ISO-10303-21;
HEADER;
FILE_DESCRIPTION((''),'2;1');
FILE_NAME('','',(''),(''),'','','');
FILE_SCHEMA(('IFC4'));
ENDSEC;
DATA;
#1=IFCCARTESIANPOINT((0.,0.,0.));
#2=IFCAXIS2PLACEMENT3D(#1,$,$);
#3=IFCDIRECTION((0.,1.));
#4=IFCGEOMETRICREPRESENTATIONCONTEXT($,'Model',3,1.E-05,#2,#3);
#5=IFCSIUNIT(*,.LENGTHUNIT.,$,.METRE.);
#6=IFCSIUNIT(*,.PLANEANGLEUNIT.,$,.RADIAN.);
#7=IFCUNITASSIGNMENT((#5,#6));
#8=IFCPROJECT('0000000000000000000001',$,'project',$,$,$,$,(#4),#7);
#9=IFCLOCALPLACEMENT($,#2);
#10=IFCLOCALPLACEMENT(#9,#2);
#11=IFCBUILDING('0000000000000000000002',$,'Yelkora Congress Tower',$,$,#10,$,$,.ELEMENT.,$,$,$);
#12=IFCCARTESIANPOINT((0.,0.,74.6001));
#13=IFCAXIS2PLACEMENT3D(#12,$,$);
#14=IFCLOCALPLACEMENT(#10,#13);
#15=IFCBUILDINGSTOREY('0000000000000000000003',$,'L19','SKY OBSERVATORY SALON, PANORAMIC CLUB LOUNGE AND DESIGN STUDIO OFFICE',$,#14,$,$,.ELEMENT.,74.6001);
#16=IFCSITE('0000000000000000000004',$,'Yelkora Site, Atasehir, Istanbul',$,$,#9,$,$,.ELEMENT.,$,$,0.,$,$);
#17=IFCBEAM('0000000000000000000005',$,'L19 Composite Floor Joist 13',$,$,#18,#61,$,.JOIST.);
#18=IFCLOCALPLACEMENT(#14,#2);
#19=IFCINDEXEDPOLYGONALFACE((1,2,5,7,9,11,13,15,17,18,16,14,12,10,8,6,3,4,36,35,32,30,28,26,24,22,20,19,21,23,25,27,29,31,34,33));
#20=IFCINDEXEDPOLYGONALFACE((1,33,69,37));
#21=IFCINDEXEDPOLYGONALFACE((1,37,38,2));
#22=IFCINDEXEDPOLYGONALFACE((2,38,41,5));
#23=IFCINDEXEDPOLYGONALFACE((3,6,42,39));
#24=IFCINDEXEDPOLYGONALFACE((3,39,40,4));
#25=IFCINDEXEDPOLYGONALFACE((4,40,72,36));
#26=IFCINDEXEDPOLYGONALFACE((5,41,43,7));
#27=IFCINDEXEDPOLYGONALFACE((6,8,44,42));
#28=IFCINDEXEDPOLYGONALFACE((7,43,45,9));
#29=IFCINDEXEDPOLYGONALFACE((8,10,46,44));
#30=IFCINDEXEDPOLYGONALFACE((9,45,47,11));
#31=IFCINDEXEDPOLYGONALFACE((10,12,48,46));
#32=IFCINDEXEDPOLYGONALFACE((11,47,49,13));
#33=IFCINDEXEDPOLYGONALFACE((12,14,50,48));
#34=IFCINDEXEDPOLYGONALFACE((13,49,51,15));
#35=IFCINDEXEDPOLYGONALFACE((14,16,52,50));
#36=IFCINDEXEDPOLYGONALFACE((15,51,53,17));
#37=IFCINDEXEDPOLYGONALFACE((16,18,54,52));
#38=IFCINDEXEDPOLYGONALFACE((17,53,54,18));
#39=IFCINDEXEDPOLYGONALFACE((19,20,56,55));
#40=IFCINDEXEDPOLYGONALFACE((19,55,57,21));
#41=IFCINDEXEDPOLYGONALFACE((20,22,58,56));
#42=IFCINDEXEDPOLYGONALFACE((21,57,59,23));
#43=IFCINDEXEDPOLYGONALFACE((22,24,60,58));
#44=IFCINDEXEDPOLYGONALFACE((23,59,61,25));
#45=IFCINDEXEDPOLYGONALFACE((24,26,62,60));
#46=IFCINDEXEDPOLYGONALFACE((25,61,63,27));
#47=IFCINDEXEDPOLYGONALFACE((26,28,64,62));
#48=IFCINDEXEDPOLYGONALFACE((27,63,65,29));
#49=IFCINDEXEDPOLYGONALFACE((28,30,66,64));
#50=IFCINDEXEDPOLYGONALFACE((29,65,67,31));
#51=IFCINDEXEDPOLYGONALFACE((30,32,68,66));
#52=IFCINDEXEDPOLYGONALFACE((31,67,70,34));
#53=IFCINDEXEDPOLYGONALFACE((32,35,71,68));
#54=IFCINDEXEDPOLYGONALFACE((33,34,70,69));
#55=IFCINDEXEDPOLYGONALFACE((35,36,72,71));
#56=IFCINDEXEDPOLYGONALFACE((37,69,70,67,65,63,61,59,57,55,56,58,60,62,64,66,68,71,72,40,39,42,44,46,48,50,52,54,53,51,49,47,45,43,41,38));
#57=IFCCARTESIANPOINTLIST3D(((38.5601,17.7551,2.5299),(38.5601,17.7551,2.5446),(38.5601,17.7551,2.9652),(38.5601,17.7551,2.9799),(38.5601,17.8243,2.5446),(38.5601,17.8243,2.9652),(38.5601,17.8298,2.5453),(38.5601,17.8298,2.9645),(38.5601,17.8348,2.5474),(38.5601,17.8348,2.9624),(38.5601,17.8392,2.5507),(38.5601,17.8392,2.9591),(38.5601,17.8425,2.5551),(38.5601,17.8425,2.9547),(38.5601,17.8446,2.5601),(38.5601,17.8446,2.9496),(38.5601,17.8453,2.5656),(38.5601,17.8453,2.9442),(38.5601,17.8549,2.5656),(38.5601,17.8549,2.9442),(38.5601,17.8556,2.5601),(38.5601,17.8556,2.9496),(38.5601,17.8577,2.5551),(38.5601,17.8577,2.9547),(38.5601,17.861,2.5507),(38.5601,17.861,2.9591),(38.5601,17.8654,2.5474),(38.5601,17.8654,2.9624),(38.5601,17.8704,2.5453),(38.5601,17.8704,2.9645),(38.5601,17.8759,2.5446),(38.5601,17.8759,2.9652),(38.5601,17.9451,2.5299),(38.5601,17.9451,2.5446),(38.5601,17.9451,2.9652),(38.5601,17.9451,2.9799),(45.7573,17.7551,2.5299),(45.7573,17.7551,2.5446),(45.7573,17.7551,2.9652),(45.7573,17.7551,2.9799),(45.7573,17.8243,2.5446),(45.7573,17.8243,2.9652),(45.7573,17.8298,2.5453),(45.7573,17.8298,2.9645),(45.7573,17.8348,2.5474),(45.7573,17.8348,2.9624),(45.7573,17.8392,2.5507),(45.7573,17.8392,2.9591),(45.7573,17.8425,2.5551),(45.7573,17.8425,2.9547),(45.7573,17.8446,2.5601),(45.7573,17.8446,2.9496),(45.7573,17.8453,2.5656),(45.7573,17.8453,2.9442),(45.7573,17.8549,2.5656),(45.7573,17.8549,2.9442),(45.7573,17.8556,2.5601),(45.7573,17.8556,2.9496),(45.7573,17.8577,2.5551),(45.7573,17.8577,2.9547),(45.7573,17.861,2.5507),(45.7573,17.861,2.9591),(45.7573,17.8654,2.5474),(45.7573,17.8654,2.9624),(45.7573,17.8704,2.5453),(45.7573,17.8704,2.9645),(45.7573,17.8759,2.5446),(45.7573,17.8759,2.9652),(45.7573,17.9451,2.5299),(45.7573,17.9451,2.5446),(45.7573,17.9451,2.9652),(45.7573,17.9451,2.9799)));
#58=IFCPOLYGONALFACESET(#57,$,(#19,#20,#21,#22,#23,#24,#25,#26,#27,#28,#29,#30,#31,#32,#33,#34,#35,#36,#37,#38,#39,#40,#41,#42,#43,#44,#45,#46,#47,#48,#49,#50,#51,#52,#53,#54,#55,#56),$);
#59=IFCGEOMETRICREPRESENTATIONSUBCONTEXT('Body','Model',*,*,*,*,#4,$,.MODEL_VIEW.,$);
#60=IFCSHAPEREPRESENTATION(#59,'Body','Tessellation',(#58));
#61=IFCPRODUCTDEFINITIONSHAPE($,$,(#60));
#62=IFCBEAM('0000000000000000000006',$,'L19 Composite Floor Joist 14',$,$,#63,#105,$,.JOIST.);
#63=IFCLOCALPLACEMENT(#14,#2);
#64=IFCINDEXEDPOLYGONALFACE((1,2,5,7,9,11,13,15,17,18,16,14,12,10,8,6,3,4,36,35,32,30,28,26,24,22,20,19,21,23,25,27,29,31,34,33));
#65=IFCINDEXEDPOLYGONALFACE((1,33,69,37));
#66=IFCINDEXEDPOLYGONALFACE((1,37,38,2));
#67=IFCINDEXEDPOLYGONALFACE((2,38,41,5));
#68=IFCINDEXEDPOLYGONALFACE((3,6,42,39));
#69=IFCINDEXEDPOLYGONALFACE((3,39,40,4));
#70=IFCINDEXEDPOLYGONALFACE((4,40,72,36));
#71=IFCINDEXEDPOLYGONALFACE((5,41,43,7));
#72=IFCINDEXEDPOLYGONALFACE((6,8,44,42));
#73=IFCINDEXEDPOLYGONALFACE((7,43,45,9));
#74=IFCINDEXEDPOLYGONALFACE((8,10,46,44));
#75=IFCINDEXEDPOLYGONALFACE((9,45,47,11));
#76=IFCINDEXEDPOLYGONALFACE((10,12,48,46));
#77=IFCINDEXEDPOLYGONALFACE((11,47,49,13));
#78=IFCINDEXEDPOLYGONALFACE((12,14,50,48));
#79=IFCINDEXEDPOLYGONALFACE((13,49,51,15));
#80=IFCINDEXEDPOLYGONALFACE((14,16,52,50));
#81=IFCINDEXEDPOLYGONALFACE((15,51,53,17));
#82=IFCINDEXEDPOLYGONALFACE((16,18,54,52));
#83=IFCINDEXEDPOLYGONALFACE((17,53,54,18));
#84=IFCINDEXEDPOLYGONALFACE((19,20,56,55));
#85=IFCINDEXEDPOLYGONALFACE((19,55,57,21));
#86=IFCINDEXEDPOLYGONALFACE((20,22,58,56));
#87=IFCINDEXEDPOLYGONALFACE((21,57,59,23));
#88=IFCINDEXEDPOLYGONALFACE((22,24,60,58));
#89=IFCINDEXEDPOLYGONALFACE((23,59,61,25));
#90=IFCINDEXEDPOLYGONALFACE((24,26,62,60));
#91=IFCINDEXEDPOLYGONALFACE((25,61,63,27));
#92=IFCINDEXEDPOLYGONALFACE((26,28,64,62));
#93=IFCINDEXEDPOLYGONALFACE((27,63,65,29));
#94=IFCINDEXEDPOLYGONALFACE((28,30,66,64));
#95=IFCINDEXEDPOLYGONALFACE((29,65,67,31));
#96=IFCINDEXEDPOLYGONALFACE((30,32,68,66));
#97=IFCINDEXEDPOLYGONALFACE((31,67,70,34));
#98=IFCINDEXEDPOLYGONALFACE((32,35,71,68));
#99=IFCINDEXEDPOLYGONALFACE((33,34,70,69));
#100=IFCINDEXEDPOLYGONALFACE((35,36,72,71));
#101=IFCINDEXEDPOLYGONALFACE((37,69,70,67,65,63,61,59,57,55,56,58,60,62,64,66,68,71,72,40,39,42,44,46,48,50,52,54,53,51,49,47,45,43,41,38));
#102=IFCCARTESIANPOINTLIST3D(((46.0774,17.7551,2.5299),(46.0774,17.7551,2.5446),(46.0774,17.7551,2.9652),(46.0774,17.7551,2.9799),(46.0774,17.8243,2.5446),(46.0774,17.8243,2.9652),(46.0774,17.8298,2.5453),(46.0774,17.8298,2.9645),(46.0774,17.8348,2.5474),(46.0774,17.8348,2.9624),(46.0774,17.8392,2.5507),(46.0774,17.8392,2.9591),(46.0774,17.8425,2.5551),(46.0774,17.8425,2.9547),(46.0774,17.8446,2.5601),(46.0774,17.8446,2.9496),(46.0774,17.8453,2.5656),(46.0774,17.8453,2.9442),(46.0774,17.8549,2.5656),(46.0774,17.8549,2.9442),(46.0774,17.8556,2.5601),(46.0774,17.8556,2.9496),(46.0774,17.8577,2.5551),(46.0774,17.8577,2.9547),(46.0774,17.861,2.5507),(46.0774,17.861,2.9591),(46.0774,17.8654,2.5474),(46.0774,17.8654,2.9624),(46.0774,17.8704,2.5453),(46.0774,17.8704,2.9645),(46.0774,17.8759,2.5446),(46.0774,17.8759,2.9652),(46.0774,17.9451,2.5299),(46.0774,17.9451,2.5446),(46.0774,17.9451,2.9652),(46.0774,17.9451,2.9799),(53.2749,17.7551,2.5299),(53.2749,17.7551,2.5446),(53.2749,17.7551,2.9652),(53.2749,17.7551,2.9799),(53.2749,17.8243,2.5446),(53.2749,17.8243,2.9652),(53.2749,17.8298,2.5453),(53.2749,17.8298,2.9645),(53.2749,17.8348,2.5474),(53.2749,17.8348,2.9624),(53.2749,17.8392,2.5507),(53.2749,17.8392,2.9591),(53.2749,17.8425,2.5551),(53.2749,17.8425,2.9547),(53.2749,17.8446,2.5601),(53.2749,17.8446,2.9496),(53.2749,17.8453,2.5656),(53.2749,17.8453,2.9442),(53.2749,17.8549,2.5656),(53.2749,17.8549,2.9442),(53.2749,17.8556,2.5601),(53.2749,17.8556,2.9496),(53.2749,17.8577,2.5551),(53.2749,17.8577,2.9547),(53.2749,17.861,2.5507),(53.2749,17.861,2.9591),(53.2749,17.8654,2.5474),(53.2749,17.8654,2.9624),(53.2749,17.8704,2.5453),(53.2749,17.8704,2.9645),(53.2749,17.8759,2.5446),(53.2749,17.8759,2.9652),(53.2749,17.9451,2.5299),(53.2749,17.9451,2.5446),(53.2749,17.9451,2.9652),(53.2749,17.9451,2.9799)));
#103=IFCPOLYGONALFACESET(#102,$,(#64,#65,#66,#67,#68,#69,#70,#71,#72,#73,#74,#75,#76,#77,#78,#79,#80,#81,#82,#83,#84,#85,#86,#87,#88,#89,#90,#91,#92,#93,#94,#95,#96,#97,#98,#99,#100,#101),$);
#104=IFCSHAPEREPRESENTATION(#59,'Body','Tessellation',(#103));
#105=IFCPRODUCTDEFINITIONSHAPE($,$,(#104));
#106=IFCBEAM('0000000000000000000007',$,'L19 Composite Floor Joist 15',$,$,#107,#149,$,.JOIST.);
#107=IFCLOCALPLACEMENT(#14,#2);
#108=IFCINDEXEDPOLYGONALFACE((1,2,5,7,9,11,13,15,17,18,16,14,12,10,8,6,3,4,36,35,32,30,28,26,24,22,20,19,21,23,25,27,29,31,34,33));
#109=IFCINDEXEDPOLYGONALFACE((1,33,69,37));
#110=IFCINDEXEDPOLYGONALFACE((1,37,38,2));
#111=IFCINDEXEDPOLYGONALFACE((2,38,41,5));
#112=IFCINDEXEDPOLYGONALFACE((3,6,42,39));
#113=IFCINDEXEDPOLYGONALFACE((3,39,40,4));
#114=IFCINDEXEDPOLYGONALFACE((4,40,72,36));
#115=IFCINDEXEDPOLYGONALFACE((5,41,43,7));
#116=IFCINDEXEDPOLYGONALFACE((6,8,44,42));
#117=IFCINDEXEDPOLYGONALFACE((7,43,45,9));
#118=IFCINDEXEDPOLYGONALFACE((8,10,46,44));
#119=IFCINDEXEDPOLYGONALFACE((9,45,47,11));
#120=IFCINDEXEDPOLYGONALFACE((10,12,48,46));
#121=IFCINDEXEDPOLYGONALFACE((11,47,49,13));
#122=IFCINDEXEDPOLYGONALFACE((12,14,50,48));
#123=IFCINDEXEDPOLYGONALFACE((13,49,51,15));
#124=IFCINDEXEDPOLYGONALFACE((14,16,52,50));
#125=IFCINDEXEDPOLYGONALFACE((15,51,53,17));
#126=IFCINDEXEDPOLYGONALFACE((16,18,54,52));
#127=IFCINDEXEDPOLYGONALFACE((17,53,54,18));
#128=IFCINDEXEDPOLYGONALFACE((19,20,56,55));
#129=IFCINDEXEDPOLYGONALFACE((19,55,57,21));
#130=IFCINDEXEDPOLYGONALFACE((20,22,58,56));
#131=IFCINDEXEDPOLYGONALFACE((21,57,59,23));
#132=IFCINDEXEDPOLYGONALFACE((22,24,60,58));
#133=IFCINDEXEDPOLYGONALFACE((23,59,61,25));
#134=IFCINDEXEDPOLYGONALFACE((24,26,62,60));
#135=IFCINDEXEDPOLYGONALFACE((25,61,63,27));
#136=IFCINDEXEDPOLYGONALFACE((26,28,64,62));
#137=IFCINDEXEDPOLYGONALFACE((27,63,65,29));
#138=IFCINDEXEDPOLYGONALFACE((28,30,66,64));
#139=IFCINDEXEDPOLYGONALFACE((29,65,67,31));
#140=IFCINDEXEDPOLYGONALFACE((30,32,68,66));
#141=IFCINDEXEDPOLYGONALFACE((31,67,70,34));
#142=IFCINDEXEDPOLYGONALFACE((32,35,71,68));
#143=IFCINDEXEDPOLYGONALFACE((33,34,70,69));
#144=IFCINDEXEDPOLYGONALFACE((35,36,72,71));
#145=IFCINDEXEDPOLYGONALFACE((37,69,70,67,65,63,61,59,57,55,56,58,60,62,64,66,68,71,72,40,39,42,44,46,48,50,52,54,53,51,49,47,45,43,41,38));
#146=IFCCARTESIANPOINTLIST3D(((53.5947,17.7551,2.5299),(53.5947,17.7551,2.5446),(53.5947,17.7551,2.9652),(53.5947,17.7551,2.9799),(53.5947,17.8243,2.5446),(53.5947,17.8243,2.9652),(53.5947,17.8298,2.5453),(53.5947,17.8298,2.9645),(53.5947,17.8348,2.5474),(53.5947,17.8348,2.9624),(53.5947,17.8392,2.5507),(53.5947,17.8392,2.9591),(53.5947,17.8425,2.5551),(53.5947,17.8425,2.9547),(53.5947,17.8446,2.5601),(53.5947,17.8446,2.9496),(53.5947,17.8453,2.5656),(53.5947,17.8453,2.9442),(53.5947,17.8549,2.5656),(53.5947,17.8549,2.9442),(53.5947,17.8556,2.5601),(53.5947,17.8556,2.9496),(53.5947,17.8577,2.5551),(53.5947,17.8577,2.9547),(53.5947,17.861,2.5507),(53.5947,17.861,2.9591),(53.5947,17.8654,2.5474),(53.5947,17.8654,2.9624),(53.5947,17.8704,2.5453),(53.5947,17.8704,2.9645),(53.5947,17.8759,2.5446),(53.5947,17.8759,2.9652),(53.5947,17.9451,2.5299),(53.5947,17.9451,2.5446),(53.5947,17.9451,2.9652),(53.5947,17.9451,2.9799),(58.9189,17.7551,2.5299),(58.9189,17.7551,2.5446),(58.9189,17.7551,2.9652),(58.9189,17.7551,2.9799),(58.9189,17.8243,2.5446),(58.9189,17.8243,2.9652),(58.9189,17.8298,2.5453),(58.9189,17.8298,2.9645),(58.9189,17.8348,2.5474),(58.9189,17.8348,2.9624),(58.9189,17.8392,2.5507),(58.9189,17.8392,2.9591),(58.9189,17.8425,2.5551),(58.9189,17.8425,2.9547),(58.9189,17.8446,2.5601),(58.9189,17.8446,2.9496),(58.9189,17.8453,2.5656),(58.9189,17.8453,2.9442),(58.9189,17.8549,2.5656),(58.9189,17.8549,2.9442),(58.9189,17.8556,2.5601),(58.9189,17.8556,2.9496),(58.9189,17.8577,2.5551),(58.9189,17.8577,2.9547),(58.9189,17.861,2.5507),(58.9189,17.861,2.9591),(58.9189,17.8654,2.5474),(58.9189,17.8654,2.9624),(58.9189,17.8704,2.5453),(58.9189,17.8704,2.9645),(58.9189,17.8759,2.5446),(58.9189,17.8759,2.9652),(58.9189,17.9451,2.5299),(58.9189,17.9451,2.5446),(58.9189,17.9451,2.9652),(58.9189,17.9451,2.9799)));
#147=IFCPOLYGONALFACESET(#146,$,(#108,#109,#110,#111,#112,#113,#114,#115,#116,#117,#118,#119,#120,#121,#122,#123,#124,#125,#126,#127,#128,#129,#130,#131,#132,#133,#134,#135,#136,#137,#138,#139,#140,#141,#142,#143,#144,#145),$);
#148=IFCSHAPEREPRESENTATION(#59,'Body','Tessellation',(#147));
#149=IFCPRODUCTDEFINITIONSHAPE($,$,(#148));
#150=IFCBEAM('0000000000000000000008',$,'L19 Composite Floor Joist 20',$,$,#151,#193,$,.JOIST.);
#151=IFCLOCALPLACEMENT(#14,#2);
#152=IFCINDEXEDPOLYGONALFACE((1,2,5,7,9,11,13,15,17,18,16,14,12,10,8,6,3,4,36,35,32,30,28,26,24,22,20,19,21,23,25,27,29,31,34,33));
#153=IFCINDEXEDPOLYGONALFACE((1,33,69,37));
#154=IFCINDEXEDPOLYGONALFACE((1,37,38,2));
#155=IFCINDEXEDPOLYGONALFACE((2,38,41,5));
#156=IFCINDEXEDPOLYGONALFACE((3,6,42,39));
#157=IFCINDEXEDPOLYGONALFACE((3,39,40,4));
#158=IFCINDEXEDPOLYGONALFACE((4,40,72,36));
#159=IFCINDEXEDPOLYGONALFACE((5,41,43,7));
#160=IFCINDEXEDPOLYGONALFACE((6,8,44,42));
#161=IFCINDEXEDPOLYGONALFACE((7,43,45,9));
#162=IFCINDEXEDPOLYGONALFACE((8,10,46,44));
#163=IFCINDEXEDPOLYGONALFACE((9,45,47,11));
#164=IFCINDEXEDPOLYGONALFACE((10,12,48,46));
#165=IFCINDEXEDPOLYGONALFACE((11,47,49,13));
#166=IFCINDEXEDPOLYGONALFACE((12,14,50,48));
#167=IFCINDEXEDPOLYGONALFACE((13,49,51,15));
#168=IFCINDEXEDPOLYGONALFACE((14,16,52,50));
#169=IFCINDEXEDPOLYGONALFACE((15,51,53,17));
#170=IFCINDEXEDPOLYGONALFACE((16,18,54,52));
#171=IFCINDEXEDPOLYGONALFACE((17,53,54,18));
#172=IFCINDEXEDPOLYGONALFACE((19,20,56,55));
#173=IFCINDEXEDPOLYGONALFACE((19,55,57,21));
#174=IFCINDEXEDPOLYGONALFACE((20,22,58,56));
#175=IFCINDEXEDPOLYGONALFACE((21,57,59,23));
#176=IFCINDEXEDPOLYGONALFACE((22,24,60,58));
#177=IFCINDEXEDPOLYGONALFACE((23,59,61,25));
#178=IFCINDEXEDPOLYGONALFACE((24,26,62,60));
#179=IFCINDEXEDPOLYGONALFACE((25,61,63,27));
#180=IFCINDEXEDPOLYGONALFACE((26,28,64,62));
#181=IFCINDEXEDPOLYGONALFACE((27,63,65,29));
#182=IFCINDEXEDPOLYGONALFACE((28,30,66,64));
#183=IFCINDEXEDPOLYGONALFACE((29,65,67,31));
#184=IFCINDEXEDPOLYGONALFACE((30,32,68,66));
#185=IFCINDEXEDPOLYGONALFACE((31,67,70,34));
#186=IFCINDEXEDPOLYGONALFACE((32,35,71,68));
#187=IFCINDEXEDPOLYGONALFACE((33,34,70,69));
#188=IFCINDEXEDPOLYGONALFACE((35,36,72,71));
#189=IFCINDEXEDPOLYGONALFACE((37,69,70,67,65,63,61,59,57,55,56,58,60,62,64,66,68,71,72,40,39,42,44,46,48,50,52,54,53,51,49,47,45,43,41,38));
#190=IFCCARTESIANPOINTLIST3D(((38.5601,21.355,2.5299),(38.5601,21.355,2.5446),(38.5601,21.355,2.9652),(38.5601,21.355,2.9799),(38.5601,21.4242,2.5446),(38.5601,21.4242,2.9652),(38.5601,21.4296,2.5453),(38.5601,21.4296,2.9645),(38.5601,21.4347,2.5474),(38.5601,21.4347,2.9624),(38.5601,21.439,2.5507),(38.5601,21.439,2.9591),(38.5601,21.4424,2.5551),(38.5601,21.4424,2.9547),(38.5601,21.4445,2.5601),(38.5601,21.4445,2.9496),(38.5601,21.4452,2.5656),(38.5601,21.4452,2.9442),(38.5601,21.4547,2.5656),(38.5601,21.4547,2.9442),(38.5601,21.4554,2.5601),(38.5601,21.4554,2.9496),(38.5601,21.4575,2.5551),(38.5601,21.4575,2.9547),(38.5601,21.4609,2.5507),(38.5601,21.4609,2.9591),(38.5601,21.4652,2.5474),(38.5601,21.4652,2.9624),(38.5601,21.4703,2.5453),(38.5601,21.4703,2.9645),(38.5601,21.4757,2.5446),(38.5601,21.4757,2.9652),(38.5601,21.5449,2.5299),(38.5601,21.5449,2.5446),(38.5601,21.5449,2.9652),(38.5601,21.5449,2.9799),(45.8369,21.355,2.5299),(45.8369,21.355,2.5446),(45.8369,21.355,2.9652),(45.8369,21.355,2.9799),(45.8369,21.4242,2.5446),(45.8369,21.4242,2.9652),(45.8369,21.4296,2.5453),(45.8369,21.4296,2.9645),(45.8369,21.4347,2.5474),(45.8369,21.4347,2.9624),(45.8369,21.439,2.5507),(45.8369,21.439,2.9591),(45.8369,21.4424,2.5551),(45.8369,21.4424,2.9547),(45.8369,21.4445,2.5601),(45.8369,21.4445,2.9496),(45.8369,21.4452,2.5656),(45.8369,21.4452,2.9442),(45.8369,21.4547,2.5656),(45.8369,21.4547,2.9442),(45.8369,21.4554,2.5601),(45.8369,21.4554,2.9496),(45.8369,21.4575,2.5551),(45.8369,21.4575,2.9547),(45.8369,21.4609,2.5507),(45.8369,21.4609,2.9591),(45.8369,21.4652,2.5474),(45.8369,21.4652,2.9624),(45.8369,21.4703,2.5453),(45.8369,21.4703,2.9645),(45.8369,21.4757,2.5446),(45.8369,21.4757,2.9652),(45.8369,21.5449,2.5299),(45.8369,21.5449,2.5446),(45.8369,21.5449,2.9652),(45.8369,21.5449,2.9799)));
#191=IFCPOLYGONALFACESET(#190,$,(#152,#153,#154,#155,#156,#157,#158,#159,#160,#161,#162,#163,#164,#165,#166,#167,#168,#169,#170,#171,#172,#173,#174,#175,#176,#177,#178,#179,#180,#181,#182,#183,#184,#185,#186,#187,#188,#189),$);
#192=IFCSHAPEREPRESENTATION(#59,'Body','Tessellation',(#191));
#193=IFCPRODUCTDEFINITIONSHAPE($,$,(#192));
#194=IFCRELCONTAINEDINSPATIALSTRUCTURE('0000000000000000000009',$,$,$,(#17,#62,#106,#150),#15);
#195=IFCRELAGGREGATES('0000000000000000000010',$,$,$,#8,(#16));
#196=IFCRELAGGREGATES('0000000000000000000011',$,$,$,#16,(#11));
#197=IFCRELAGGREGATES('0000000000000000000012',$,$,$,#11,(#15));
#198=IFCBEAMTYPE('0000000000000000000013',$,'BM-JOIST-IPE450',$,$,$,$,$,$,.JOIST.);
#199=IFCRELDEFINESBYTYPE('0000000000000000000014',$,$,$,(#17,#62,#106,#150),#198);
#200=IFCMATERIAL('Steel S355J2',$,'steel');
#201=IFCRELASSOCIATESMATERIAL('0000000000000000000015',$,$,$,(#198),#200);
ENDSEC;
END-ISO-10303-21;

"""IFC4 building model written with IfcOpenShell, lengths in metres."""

from ifc_helpers import new_model, si_unit, direction, frame, origin, origin_2d, place, context, subcontext, project, spatial, i_section, extrude, material, material_profile, profile_set, type_object, element, save


model = new_model("IFC4")

# Units and contexts
model_context = context("Model", 3, precision=1e-05, world=origin(), true_north=direction((0.0, 1.0)))
body_context = subcontext(model_context, "Body", "Model", "MODEL_VIEW")
ifc_project = project(units=[si_unit("LENGTHUNIT", "METRE"), si_unit("PLANEANGLEUNIT", "RADIAN")], contexts=[model_context])

# Site, building, storey
site_placement = place(None, origin())
site = spatial("IfcSite", under=ifc_project, at=site_placement, Name="Yelkora Site, Atasehir, Istanbul", CompositionType="ELEMENT", RefElevation=0.0)
building_placement = place(site_placement, origin())
building = spatial("IfcBuilding", under=site, at=building_placement, Name="Yelkora Congress Tower", CompositionType="ELEMENT")
storey_placement = place(building_placement, frame((0.0, 0.0, 74.6001)))
storey = spatial("IfcBuildingStorey", under=building, at=storey_placement, Name="L19", Description="SKY OBSERVATORY SALON, PANORAMIC CLUB LOUNGE AND DESIGN STUDIO OFFICE", CompositionType="ELEMENT", Elevation=74.6001)

# Beams
ifc_material_1 = material(Name="Steel S355J2", Category="steel")
ifc_material_profile_1 = material_profile(ifc_material_1, i_section(OverallWidth=0.1899, OverallDepth=0.45, WebThickness=0.0095, FlangeThickness=0.0146, FilletRadius=0.021, at=origin_2d()), Name="IPE 450")
ifc_profile_set_1 = profile_set([ifc_material_profile_1], Name="Steel S355J2")
beam_type_1 = type_object("IfcBeamType", Name="BM-JOIST-IPE450", PredefinedType="JOIST", material=ifc_profile_set_1)
beam_1_placement = place(storey_placement, frame((38.5601, 17.8501, 2.7549), z_axis=(1.0, 0.0, 0.0), x_axis=(0.0, 1.0, 0.0)))
element("IfcBeam", 1, at=beam_1_placement, inside=storey, type_object=beam_type_1, Name="L19 Composite Floor Joist 13", PredefinedType="JOIST", context=body_context, shape_type="SweptSolid", body=[
    extrude(i_section(OverallWidth=0.1899, OverallDepth=0.45, WebThickness=0.0095, FlangeThickness=0.0146, FilletRadius=0.021, at=origin_2d()), origin(), (0.0, 0.0, 1.0), 7.1973),
])
beam_2_placement = place(storey_placement, frame((46.0774, 17.8501, 2.7549), z_axis=(1.0, 0.0, 0.0), x_axis=(0.0, 1.0, 0.0)))
element("IfcBeam", 2, at=beam_2_placement, inside=storey, type_object=beam_type_1, Name="L19 Composite Floor Joist 14", PredefinedType="JOIST", context=body_context, shape_type="SweptSolid", body=[
    extrude(i_section(OverallWidth=0.1899, OverallDepth=0.45, WebThickness=0.0095, FlangeThickness=0.0146, FilletRadius=0.021, at=origin_2d()), origin(), (0.0, 0.0, 1.0), 7.1975),
])
beam_3_placement = place(storey_placement, frame((53.5947, 17.8501, 2.7549), z_axis=(1.0, 0.0, 0.0), x_axis=(0.0, 1.0, 0.0)))
element("IfcBeam", 3, at=beam_3_placement, inside=storey, type_object=beam_type_1, Name="L19 Composite Floor Joist 15", PredefinedType="JOIST", context=body_context, shape_type="SweptSolid", body=[
    extrude(i_section(OverallWidth=0.1899, OverallDepth=0.45, WebThickness=0.0095, FlangeThickness=0.0146, FilletRadius=0.021, at=origin_2d()), origin(), (0.0, 0.0, 1.0), 5.3242),
])
beam_4_placement = place(storey_placement, frame((38.5601, 21.45, 2.7549), z_axis=(1.0, 0.0, 0.0), x_axis=(0.0, 1.0, 0.0)))
element("IfcBeam", 4, at=beam_4_placement, inside=storey, type_object=beam_type_1, Name="L19 Composite Floor Joist 20", PredefinedType="JOIST", context=body_context, shape_type="SweptSolid", body=[
    extrude(i_section(OverallWidth=0.1899, OverallDepth=0.45, WebThickness=0.0095, FlangeThickness=0.0146, FilletRadius=0.021, at=origin_2d()), origin(), (0.0, 0.0, 1.0), 7.2769),
])

save(model, "model.ifc")
